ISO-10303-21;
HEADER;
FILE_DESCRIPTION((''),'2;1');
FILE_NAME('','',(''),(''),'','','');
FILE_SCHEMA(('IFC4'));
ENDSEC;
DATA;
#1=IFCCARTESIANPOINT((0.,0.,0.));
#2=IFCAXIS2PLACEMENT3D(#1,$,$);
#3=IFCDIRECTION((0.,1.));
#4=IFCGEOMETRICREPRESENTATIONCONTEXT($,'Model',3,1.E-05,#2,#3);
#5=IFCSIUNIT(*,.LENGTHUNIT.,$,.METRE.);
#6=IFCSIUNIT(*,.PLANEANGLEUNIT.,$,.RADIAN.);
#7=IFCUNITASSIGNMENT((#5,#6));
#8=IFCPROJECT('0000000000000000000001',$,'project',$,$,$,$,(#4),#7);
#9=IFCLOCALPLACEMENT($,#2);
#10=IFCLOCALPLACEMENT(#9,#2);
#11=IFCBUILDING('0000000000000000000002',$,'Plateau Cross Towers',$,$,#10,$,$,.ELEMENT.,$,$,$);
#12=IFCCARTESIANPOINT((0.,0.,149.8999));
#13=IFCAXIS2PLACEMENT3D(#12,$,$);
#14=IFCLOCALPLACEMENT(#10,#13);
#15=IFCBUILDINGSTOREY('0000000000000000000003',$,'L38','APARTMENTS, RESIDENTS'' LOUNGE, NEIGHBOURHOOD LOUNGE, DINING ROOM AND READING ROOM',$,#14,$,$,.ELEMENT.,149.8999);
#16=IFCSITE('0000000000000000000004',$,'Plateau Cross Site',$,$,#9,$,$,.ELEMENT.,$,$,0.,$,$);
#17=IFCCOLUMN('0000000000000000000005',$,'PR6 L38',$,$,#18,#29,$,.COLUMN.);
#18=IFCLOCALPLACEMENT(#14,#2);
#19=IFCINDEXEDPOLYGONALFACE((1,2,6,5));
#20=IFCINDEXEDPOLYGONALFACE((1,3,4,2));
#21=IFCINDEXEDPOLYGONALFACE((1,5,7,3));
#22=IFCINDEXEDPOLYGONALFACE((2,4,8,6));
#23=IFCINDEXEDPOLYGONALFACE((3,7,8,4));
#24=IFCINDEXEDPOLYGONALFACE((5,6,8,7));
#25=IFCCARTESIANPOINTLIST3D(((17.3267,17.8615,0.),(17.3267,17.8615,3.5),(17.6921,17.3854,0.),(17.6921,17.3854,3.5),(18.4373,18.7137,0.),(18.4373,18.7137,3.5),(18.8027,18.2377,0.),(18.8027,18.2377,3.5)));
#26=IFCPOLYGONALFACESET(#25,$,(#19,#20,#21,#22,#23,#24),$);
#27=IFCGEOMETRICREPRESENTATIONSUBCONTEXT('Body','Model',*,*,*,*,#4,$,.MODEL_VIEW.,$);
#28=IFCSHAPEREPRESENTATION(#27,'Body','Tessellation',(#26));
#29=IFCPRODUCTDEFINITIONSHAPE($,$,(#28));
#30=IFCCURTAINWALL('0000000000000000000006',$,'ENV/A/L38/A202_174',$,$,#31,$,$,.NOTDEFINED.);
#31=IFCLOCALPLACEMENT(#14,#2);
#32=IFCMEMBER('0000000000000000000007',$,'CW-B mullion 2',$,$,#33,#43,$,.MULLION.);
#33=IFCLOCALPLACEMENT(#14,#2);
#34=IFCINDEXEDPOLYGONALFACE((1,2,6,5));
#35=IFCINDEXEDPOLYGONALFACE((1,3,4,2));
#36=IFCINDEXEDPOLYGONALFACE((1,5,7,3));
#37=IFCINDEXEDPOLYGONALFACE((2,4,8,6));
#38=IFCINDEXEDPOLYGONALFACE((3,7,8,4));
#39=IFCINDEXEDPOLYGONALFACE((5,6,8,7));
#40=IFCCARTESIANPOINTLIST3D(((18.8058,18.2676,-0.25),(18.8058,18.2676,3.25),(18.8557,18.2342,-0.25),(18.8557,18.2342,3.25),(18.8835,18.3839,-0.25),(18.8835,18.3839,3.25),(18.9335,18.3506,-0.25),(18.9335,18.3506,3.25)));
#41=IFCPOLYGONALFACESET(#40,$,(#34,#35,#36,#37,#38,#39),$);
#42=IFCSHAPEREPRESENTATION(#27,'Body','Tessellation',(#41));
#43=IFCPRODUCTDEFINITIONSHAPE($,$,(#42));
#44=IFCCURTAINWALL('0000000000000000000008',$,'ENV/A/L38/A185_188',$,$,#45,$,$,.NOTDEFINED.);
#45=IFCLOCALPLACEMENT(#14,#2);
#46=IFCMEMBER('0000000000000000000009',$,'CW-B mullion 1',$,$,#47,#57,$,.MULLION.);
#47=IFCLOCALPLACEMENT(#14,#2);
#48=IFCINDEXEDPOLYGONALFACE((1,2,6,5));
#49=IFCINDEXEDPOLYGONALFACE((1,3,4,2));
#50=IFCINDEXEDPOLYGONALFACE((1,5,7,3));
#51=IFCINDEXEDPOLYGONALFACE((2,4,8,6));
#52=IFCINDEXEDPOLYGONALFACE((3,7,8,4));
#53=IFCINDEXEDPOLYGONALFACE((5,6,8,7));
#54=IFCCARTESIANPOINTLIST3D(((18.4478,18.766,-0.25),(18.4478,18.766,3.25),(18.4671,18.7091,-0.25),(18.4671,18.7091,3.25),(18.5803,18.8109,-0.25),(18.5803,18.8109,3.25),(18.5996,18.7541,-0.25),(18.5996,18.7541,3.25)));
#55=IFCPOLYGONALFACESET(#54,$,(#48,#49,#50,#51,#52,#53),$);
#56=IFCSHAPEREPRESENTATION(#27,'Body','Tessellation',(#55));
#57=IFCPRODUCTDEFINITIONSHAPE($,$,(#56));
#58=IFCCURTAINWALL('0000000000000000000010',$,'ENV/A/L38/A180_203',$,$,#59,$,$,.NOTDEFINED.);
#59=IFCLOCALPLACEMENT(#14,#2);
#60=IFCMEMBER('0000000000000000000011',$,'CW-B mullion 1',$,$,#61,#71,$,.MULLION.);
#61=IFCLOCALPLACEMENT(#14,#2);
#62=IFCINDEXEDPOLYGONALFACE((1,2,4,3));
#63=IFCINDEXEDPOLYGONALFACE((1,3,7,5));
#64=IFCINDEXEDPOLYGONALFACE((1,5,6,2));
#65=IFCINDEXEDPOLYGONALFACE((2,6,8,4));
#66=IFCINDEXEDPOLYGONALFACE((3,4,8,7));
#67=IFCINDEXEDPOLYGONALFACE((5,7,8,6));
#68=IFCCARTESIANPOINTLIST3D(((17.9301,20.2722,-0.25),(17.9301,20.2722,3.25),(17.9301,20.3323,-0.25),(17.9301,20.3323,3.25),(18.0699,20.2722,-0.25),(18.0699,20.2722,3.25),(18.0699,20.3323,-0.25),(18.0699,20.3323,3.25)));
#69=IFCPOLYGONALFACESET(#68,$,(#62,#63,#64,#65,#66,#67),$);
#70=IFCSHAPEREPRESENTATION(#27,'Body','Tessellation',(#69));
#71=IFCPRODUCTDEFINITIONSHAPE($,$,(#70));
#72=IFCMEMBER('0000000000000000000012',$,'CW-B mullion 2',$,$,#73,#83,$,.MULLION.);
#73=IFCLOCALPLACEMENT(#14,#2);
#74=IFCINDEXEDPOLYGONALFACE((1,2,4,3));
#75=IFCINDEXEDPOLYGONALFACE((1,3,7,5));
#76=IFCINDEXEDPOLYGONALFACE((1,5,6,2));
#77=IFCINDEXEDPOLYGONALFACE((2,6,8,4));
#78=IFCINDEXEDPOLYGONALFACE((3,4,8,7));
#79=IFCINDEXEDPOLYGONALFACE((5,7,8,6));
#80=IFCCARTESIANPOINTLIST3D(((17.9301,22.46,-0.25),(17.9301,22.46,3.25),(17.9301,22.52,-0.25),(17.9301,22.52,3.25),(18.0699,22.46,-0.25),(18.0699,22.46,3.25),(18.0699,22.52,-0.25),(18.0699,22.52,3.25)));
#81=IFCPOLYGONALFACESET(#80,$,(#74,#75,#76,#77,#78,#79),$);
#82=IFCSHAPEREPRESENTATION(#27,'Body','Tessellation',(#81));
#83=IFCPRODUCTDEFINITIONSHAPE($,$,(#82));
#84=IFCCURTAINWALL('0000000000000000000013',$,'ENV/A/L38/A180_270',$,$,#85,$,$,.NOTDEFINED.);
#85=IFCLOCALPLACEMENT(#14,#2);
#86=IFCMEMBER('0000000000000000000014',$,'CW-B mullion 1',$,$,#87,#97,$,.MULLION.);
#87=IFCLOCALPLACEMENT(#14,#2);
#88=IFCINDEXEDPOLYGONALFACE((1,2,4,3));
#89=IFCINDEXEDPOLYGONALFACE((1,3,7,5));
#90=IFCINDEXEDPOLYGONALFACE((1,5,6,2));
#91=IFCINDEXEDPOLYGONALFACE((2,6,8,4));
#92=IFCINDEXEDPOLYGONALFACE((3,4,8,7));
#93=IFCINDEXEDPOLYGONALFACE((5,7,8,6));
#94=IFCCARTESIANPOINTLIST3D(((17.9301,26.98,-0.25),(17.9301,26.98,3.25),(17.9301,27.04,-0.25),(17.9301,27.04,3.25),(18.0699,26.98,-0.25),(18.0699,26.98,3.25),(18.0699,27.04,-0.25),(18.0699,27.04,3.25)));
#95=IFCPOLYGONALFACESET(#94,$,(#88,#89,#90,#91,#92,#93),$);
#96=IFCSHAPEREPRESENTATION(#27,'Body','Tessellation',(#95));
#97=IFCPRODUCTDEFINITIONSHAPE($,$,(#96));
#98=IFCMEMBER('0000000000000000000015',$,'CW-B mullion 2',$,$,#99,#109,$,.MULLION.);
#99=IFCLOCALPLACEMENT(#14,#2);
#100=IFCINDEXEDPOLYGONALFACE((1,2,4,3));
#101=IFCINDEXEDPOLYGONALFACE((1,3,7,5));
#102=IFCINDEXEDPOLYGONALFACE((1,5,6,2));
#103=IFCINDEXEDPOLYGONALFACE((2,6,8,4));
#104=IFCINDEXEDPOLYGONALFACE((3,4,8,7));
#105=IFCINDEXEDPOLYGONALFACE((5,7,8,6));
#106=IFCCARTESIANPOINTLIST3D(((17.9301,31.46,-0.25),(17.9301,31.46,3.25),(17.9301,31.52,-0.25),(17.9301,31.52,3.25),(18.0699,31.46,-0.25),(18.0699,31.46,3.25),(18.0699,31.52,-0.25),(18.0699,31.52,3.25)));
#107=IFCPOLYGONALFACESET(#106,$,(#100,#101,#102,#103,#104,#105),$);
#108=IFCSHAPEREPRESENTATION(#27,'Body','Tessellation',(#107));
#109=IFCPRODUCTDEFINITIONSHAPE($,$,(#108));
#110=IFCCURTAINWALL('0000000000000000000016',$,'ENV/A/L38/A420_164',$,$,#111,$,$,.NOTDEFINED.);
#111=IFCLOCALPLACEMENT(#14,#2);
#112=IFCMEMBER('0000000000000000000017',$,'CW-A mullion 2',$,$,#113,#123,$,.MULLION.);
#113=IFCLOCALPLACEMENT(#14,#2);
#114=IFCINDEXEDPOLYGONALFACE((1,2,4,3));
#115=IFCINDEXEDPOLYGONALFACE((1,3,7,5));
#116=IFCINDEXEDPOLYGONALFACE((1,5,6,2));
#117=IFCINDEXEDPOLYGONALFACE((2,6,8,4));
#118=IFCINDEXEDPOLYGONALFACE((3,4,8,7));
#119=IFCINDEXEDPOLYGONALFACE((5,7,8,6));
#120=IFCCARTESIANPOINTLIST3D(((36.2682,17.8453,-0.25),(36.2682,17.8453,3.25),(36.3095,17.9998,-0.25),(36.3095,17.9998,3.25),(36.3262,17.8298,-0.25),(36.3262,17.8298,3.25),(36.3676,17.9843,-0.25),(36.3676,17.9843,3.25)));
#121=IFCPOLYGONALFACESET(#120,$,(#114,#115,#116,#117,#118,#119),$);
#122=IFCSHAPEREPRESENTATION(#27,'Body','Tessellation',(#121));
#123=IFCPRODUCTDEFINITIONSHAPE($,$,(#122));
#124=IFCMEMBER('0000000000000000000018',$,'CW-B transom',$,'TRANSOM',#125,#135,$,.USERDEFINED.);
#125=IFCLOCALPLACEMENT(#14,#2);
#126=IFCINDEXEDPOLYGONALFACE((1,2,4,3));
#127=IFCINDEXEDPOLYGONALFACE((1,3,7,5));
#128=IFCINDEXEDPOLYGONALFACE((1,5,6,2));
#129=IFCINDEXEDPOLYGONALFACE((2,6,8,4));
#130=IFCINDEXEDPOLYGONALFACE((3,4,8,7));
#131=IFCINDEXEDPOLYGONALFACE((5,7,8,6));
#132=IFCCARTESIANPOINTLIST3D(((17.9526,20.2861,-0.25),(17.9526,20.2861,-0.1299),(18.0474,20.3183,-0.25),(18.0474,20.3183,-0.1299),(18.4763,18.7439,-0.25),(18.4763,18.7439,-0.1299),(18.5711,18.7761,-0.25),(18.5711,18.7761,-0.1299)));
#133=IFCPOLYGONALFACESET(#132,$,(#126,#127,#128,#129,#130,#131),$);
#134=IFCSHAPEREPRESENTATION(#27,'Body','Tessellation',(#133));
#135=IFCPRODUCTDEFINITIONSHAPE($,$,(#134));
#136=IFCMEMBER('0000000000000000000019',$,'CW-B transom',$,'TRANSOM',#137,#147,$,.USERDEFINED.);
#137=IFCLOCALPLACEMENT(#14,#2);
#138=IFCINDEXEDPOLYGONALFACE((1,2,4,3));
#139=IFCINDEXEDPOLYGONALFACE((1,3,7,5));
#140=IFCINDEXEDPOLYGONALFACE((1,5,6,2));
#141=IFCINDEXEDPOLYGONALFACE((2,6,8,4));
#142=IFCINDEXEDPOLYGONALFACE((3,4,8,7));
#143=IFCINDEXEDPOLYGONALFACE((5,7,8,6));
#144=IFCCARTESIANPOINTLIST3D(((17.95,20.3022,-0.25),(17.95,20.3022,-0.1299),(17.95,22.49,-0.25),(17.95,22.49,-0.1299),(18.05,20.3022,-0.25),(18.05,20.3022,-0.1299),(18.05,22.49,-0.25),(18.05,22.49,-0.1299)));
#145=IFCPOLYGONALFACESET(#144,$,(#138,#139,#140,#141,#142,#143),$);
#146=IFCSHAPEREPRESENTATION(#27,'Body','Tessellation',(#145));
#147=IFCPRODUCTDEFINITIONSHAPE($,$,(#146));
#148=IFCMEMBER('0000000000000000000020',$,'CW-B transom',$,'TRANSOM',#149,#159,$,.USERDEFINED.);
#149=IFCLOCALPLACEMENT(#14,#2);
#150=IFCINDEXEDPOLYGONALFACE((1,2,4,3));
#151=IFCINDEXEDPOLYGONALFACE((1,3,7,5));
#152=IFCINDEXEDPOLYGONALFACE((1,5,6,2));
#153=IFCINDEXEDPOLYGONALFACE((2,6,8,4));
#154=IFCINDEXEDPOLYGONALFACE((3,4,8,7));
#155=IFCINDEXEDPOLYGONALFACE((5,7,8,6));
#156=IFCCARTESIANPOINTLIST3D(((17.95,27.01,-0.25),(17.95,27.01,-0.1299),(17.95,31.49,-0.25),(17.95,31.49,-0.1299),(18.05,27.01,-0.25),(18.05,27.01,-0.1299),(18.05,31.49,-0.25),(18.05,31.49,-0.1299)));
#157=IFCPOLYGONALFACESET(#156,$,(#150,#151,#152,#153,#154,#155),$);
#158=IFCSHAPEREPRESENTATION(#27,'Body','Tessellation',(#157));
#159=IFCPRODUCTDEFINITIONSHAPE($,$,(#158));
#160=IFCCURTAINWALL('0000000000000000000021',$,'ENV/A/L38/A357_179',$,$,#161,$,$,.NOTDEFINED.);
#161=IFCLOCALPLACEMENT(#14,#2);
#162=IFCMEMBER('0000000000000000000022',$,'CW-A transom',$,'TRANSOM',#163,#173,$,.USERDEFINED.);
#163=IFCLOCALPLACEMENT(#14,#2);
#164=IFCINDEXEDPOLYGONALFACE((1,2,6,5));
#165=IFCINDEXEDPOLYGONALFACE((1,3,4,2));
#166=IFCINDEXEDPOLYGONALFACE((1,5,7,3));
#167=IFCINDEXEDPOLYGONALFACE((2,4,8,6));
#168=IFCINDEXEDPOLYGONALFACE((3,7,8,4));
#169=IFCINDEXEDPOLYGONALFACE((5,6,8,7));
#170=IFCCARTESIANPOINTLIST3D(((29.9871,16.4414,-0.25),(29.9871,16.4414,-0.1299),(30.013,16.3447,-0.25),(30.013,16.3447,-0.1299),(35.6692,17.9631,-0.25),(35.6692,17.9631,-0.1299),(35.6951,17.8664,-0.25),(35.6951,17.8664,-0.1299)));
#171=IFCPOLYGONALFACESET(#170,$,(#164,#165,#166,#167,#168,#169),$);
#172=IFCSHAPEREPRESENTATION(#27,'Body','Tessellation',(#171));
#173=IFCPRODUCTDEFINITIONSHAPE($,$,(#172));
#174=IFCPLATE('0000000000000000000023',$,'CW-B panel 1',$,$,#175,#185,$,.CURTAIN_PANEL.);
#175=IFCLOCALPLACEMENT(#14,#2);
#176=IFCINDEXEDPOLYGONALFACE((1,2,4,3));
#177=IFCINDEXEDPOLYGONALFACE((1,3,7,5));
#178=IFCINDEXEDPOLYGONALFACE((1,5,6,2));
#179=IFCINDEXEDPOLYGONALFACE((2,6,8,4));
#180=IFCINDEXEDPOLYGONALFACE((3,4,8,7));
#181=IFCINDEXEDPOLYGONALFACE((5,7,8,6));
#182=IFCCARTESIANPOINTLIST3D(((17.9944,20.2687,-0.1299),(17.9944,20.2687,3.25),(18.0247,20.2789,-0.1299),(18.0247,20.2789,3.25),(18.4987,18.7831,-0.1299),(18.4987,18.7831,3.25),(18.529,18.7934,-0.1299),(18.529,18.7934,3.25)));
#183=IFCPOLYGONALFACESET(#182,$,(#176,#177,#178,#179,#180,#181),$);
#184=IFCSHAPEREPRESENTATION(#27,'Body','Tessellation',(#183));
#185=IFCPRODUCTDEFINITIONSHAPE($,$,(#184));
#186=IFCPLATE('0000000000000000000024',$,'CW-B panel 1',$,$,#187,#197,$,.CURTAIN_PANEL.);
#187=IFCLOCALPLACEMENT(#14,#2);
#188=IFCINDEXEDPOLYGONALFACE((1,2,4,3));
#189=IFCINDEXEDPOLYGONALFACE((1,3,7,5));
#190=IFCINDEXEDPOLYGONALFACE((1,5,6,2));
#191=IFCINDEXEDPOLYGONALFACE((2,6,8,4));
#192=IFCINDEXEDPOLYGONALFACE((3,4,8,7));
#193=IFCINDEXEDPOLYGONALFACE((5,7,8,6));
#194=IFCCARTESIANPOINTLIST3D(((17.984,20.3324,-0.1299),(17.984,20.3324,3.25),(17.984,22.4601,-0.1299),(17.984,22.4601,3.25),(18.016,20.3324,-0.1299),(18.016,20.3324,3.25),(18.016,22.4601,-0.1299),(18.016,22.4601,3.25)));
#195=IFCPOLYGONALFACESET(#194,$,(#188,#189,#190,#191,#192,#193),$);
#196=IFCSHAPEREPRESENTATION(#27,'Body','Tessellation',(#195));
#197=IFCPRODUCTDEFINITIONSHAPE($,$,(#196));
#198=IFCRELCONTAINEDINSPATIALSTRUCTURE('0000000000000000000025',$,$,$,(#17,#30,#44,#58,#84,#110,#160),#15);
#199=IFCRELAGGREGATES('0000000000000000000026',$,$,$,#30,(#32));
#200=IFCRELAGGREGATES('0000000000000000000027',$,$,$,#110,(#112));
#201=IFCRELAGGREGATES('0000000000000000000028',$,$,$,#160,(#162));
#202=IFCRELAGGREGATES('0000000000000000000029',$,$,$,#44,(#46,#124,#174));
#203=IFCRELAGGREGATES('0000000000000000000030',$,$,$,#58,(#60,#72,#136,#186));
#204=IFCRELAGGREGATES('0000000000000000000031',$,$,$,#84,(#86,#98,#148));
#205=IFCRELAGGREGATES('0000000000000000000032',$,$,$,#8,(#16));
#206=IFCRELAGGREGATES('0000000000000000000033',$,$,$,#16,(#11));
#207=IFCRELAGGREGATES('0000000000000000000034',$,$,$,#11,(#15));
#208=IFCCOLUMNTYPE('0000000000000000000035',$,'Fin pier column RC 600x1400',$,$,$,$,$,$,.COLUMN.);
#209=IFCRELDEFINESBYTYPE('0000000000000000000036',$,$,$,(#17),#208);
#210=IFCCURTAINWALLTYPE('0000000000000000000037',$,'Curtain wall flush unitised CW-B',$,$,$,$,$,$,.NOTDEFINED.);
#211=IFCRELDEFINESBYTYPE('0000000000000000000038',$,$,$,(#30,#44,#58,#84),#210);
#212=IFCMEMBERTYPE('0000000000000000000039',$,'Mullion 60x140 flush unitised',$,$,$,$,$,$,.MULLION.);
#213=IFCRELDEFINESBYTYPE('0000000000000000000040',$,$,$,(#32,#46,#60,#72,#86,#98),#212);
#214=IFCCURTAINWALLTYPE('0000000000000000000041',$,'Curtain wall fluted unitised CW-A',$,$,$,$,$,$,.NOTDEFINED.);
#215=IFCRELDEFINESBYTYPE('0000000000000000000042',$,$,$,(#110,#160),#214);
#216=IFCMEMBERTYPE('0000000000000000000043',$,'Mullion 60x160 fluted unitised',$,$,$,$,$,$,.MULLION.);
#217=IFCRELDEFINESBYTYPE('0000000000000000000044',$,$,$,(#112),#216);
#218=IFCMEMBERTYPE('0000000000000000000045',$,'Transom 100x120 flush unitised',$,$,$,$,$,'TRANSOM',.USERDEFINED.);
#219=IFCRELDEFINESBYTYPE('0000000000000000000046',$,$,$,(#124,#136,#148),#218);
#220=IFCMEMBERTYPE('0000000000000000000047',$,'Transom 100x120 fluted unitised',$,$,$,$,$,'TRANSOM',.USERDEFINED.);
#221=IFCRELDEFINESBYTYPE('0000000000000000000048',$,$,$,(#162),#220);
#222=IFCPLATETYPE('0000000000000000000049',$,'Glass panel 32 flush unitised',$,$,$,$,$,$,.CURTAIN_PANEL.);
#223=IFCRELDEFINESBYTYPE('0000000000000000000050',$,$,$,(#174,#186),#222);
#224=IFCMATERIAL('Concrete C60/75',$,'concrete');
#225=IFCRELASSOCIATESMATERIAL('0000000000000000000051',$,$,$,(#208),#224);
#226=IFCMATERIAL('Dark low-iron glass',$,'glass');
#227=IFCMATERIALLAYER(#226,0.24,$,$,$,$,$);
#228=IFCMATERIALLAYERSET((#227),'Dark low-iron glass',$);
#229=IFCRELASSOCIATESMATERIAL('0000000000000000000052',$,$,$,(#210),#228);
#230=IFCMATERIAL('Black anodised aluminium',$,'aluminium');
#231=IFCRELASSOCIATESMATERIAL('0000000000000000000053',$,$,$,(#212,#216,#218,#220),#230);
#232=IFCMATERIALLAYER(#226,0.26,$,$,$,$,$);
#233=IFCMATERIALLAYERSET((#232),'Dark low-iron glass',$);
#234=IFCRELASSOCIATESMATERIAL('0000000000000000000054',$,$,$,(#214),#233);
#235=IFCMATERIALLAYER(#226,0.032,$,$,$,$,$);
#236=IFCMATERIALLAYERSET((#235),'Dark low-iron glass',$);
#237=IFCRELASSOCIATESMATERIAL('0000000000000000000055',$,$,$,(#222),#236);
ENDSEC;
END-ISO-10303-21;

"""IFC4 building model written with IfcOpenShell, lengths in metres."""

from ifc_helpers import new_model, si_unit, direction, frame, origin, origin_2d, place, context, subcontext, project, spatial, rectangle, extrude, material, layer, layer_set, material_profile, profile_set, type_object, element, aggregate, save


model = new_model("IFC4")

# Units and contexts
model_context = context("Model", 3, precision=1e-05, world=origin(), true_north=direction((0.0, 1.0)))
body_context = subcontext(model_context, "Body", "Model", "MODEL_VIEW")
ifc_project = project(units=[si_unit("LENGTHUNIT", "METRE"), si_unit("PLANEANGLEUNIT", "RADIAN")], contexts=[model_context])

# Site, building, storey
site_placement = place(None, origin())
site = spatial("IfcSite", under=ifc_project, at=site_placement, Name="Plateau Cross Site", CompositionType="ELEMENT", RefElevation=0.0)
building_placement = place(site_placement, origin())
building = spatial("IfcBuilding", under=site, at=building_placement, Name="Plateau Cross Towers", CompositionType="ELEMENT")
storey_placement = place(building_placement, frame((0.0, 0.0, 149.8999)))
storey = spatial("IfcBuildingStorey", under=building, at=storey_placement, Name="L38", Description="APARTMENTS, RESIDENTS' LOUNGE, NEIGHBOURHOOD LOUNGE, DINING ROOM AND READING ROOM", CompositionType="ELEMENT", Elevation=149.8999)

# Column
ifc_material_1 = material(Name="Concrete C60/75", Category="concrete")
ifc_material_profile_1 = material_profile(ifc_material_1, rectangle(XDim=0.6001, YDim=1.3999, at=origin_2d()), Name="RC 600x1400")
ifc_profile_set_1 = profile_set([ifc_material_profile_1], Name="Concrete C60/75")
column_type = type_object("IfcColumnType", Name="Fin pier column RC 600x1400", PredefinedType="COLUMN", material=ifc_profile_set_1)
column_placement = place(storey_placement, frame((18.0647, 18.0496, 0.0), z_axis=(0.0, 0.0, 1.0), x_axis=(-0.608811, 0.793315, 0.0)))
element("IfcColumn", 1, at=column_placement, inside=storey, type_object=column_type, Name="PR6 L38", PredefinedType="COLUMN", context=body_context, shape_type="SweptSolid", body=[
    extrude(rectangle(XDim=0.6001, YDim=1.3999, at=origin_2d()), origin(), (0.0, 0.0, 1.0), 3.5),
])

# Curtain walls, members
ifc_material_2 = material(Name="Dark low-iron glass", Category="glass")
ifc_layer_1 = layer(ifc_material_2, 0.24)
ifc_layer_set_1 = layer_set([ifc_layer_1], Name="Dark low-iron glass")
curtain_wall_type_1 = type_object("IfcCurtainWallType", Name="Curtain wall flush unitised CW-B", PredefinedType="NOTDEFINED", material=ifc_layer_set_1)
curtain_wall_1_placement = place(storey_placement, origin())
curtain_wall_1 = element("IfcCurtainWall", 2, at=curtain_wall_1_placement, inside=storey, type_object=curtain_wall_type_1, Name="ENV/A/L38/A202_174", PredefinedType="NOTDEFINED")
ifc_material_3 = material(Name="Black anodised aluminium", Category="aluminium")
ifc_material_profile_2 = material_profile(ifc_material_3, rectangle(XDim=0.0601, YDim=0.1399, at=origin_2d()), Name="MULLION 60x140")
ifc_profile_set_2 = profile_set([ifc_material_profile_2], Name="Black anodised aluminium")
member_type_1 = type_object("IfcMemberType", Name="Mullion 60x140 flush unitised", PredefinedType="MULLION", material=ifc_profile_set_2)
member_1_placement = place(storey_placement, frame((18.8696, 18.3091, -0.25), z_axis=(0.0, 0.0, 1.0), x_axis=(-0.831521, 0.555493, 0.0)))
member_1 = element("IfcMember", 3, at=member_1_placement, type_object=member_type_1, Name="CW-B mullion 2", PredefinedType="MULLION", context=body_context, shape_type="SweptSolid", body=[
    extrude(rectangle(XDim=0.0601, YDim=0.1399, at=origin_2d()), origin(), (0.0, 0.0, 1.0), 3.5),
])
aggregate(curtain_wall_1, [member_1])
curtain_wall_2_placement = place(storey_placement, origin())
curtain_wall_2 = element("IfcCurtainWall", 4, at=curtain_wall_2_placement, inside=storey, type_object=curtain_wall_type_1, Name="ENV/A/L38/A185_188", PredefinedType="NOTDEFINED")
member_2_placement = place(storey_placement, frame((18.5237, 18.76, -0.25), z_axis=(0.0, 0.0, 1.0), x_axis=(-0.321469, 0.94692, 0.0)))
member_2 = element("IfcMember", 5, at=member_2_placement, type_object=member_type_1, Name="CW-B mullion 1", PredefinedType="MULLION", context=body_context, shape_type="SweptSolid", body=[
    extrude(rectangle(XDim=0.0601, YDim=0.1399, at=origin_2d()), origin(), (0.0, 0.0, 1.0), 3.5),
])

# Curtain walls, members
curtain_wall_3_placement = place(storey_placement, origin())
curtain_wall_3 = element("IfcCurtainWall", 6, at=curtain_wall_3_placement, inside=storey, type_object=curtain_wall_type_1, Name="ENV/A/L38/A180_203", PredefinedType="NOTDEFINED")
member_3_placement = place(storey_placement, frame((18.0, 20.3022, -0.25), z_axis=(0.0, 0.0, 1.0), x_axis=(0.0, 1.0, 0.0)))
member_3 = element("IfcMember", 7, at=member_3_placement, type_object=member_type_1, Name="CW-B mullion 1", PredefinedType="MULLION", context=body_context, shape_type="SweptSolid", body=[
    extrude(rectangle(XDim=0.0601, YDim=0.1399, at=origin_2d()), origin(), (0.0, 0.0, 1.0), 3.5),
])
member_4_placement = place(storey_placement, frame((18.0, 22.49, -0.25), z_axis=(0.0, 0.0, 1.0), x_axis=(0.0, 1.0, 0.0)))
member_4 = element("IfcMember", 8, at=member_4_placement, type_object=member_type_1, Name="CW-B mullion 2", PredefinedType="MULLION", context=body_context, shape_type="SweptSolid", body=[
    extrude(rectangle(XDim=0.0601, YDim=0.1399, at=origin_2d()), origin(), (0.0, 0.0, 1.0), 3.5),
])
curtain_wall_4_placement = place(storey_placement, origin())
curtain_wall_4 = element("IfcCurtainWall", 9, at=curtain_wall_4_placement, inside=storey, type_object=curtain_wall_type_1, Name="ENV/A/L38/A180_270", PredefinedType="NOTDEFINED")
member_5_placement = place(storey_placement, frame((18.0, 27.01, -0.25), z_axis=(0.0, 0.0, 1.0), x_axis=(0.0, 1.0, 0.0)))
member_5 = element("IfcMember", 10, at=member_5_placement, type_object=member_type_1, Name="CW-B mullion 1", PredefinedType="MULLION", context=body_context, shape_type="SweptSolid", body=[
    extrude(rectangle(XDim=0.0601, YDim=0.1399, at=origin_2d()), origin(), (0.0, 0.0, 1.0), 3.5),
])
member_6_placement = place(storey_placement, frame((18.0, 31.49, -0.25), z_axis=(0.0, 0.0, 1.0), x_axis=(0.0, 1.0, 0.0)))
member_6 = element("IfcMember", 11, at=member_6_placement, type_object=member_type_1, Name="CW-B mullion 2", PredefinedType="MULLION", context=body_context, shape_type="SweptSolid", body=[
    extrude(rectangle(XDim=0.0601, YDim=0.1399, at=origin_2d()), origin(), (0.0, 0.0, 1.0), 3.5),
])

# Curtain wall, member
ifc_layer_2 = layer(ifc_material_2, 0.26)
ifc_layer_set_2 = layer_set([ifc_layer_2], Name="Dark low-iron glass")
curtain_wall_type_2 = type_object("IfcCurtainWallType", Name="Curtain wall fluted unitised CW-A", PredefinedType="NOTDEFINED", material=ifc_layer_set_2)
curtain_wall_5_placement = place(storey_placement, origin())
curtain_wall_5 = element("IfcCurtainWall", 12, at=curtain_wall_5_placement, inside=storey, type_object=curtain_wall_type_2, Name="ENV/A/L38/A420_164", PredefinedType="NOTDEFINED")
ifc_material_profile_3 = material_profile(ifc_material_3, rectangle(XDim=0.0601, YDim=0.1599, at=origin_2d()), Name="MULLION 60x160")
ifc_profile_set_3 = profile_set([ifc_material_profile_3], Name="Black anodised aluminium")
member_type_2 = type_object("IfcMemberType", Name="Mullion 60x160 fluted unitised", PredefinedType="MULLION", material=ifc_profile_set_3)
member_7_placement = place(storey_placement, frame((36.3179, 17.9148, -0.25), z_axis=(0.0, 0.0, 1.0), x_axis=(-0.965958, 0.258699, 0.0)))
member_7 = element("IfcMember", 13, at=member_7_placement, type_object=member_type_2, Name="CW-A mullion 2", PredefinedType="MULLION", context=body_context, shape_type="SweptSolid", body=[
    extrude(rectangle(XDim=0.0601, YDim=0.1599, at=origin_2d()), origin(), (0.0, 0.0, 1.0), 3.5),
])
aggregate(curtain_wall_5, [member_7])

# Members
ifc_material_profile_4 = material_profile(ifc_material_3, rectangle(XDim=0.1001, YDim=0.1201, at=origin_2d()), Name="TRANSOM 100x120")
ifc_profile_set_4 = profile_set([ifc_material_profile_4], Name="Black anodised aluminium")
member_type_3 = type_object("IfcMemberType", Name="Transom 100x120 flush unitised", ElementType="TRANSOM", PredefinedType="USERDEFINED", material=ifc_profile_set_4)
member_8_placement = place(storey_placement, frame((18.5237, 18.76, -0.1899), z_axis=(-0.321529, 0.9469, 0.0), x_axis=(-0.9469, -0.321529, 0.0)))
member_8 = element("IfcMember", 14, at=member_8_placement, type_object=member_type_3, Name="CW-B transom", ObjectType="TRANSOM", PredefinedType="USERDEFINED", context=body_context, shape_type="SweptSolid", body=[
    extrude(rectangle(XDim=0.1001, YDim=0.1201, at=origin_2d()), origin(), (0.0, 0.0, 1.0), 1.6287),
])
member_9_placement = place(storey_placement, frame((18.0, 20.3022, -0.1899), z_axis=(0.0, 1.0, 0.0), x_axis=(-1.0, 0.0, 0.0)))
member_9 = element("IfcMember", 15, at=member_9_placement, type_object=member_type_3, Name="CW-B transom", ObjectType="TRANSOM", PredefinedType="USERDEFINED", context=body_context, shape_type="SweptSolid", body=[
    extrude(rectangle(XDim=0.1001, YDim=0.1201, at=origin_2d()), origin(), (0.0, 0.0, 1.0), 2.1877),
])
member_10_placement = place(storey_placement, frame((18.0, 27.01, -0.1899), z_axis=(0.0, 1.0, 0.0), x_axis=(-1.0, 0.0, 0.0)))
member_10 = element("IfcMember", 16, at=member_10_placement, type_object=member_type_3, Name="CW-B transom", ObjectType="TRANSOM", PredefinedType="USERDEFINED", context=body_context, shape_type="SweptSolid", body=[
    extrude(rectangle(XDim=0.1001, YDim=0.1201, at=origin_2d()), origin(), (0.0, 0.0, 1.0), 4.48),
])

# Curtain wall, member
curtain_wall_6_placement = place(storey_placement, origin())
curtain_wall_6 = element("IfcCurtainWall", 17, at=curtain_wall_6_placement, inside=storey, type_object=curtain_wall_type_2, Name="ENV/A/L38/A357_179", PredefinedType="NOTDEFINED")
ifc_material_profile_5 = material_profile(ifc_material_3, rectangle(XDim=0.1001, YDim=0.1201, at=origin_2d()), Name="TRANSOM 100x120")
ifc_profile_set_5 = profile_set([ifc_material_profile_5], Name="Black anodised aluminium")
member_type_4 = type_object("IfcMemberType", Name="Transom 100x120 fluted unitised", ElementType="TRANSOM", PredefinedType="USERDEFINED", material=ifc_profile_set_5)
member_11_placement = place(storey_placement, frame((35.6821, 17.9148, -0.1899), z_axis=(-0.96596, -0.258693, 0.0), x_axis=(0.258693, -0.96596, 0.0)))
member_11 = element("IfcMember", 18, at=member_11_placement, type_object=member_type_4, Name="CW-A transom", ObjectType="TRANSOM", PredefinedType="USERDEFINED", context=body_context, shape_type="SweptSolid", body=[
    extrude(rectangle(XDim=0.1001, YDim=0.1201, at=origin_2d()), origin(), (0.0, 0.0, 1.0), 5.8823),
])
aggregate(curtain_wall_6, [member_11])

# Plates
ifc_layer_3 = layer(ifc_material_2, 0.032)
ifc_layer_set_3 = layer_set([ifc_layer_3], Name="Dark low-iron glass")
plate_type = type_object("IfcPlateType", Name="Glass panel 32 flush unitised", PredefinedType="CURTAIN_PANEL", material=ifc_layer_set_3)
plate_1_placement = place(storey_placement, frame((18.2617, 19.531, -0.1299), z_axis=(0.0, 0.0, 1.0), x_axis=(-0.321469, 0.94692, 0.0)))
plate_1 = element("IfcPlate", 19, at=plate_1_placement, type_object=plate_type, Name="CW-B panel 1", PredefinedType="CURTAIN_PANEL", context=body_context, shape_type="SweptSolid", body=[
    extrude(rectangle(XDim=1.5688, YDim=0.032, at=origin_2d()), origin(), (0.0, 0.0, 1.0), 3.3799),
])
aggregate(curtain_wall_2, [member_2, member_8, plate_1])
plate_2_placement = place(storey_placement, frame((18.0, 21.3962, -0.1299), z_axis=(0.0, 0.0, 1.0), x_axis=(0.0, 1.0, 0.0)))
plate_2 = element("IfcPlate", 20, at=plate_2_placement, type_object=plate_type, Name="CW-B panel 1", PredefinedType="CURTAIN_PANEL", context=body_context, shape_type="SweptSolid", body=[
    extrude(rectangle(XDim=2.1277, YDim=0.032, at=origin_2d()), origin(), (0.0, 0.0, 1.0), 3.3799),
])
aggregate(curtain_wall_3, [member_3, member_4, member_9, plate_2])
aggregate(curtain_wall_4, [member_5, member_6, member_10])

save(model, "model.ifc")
